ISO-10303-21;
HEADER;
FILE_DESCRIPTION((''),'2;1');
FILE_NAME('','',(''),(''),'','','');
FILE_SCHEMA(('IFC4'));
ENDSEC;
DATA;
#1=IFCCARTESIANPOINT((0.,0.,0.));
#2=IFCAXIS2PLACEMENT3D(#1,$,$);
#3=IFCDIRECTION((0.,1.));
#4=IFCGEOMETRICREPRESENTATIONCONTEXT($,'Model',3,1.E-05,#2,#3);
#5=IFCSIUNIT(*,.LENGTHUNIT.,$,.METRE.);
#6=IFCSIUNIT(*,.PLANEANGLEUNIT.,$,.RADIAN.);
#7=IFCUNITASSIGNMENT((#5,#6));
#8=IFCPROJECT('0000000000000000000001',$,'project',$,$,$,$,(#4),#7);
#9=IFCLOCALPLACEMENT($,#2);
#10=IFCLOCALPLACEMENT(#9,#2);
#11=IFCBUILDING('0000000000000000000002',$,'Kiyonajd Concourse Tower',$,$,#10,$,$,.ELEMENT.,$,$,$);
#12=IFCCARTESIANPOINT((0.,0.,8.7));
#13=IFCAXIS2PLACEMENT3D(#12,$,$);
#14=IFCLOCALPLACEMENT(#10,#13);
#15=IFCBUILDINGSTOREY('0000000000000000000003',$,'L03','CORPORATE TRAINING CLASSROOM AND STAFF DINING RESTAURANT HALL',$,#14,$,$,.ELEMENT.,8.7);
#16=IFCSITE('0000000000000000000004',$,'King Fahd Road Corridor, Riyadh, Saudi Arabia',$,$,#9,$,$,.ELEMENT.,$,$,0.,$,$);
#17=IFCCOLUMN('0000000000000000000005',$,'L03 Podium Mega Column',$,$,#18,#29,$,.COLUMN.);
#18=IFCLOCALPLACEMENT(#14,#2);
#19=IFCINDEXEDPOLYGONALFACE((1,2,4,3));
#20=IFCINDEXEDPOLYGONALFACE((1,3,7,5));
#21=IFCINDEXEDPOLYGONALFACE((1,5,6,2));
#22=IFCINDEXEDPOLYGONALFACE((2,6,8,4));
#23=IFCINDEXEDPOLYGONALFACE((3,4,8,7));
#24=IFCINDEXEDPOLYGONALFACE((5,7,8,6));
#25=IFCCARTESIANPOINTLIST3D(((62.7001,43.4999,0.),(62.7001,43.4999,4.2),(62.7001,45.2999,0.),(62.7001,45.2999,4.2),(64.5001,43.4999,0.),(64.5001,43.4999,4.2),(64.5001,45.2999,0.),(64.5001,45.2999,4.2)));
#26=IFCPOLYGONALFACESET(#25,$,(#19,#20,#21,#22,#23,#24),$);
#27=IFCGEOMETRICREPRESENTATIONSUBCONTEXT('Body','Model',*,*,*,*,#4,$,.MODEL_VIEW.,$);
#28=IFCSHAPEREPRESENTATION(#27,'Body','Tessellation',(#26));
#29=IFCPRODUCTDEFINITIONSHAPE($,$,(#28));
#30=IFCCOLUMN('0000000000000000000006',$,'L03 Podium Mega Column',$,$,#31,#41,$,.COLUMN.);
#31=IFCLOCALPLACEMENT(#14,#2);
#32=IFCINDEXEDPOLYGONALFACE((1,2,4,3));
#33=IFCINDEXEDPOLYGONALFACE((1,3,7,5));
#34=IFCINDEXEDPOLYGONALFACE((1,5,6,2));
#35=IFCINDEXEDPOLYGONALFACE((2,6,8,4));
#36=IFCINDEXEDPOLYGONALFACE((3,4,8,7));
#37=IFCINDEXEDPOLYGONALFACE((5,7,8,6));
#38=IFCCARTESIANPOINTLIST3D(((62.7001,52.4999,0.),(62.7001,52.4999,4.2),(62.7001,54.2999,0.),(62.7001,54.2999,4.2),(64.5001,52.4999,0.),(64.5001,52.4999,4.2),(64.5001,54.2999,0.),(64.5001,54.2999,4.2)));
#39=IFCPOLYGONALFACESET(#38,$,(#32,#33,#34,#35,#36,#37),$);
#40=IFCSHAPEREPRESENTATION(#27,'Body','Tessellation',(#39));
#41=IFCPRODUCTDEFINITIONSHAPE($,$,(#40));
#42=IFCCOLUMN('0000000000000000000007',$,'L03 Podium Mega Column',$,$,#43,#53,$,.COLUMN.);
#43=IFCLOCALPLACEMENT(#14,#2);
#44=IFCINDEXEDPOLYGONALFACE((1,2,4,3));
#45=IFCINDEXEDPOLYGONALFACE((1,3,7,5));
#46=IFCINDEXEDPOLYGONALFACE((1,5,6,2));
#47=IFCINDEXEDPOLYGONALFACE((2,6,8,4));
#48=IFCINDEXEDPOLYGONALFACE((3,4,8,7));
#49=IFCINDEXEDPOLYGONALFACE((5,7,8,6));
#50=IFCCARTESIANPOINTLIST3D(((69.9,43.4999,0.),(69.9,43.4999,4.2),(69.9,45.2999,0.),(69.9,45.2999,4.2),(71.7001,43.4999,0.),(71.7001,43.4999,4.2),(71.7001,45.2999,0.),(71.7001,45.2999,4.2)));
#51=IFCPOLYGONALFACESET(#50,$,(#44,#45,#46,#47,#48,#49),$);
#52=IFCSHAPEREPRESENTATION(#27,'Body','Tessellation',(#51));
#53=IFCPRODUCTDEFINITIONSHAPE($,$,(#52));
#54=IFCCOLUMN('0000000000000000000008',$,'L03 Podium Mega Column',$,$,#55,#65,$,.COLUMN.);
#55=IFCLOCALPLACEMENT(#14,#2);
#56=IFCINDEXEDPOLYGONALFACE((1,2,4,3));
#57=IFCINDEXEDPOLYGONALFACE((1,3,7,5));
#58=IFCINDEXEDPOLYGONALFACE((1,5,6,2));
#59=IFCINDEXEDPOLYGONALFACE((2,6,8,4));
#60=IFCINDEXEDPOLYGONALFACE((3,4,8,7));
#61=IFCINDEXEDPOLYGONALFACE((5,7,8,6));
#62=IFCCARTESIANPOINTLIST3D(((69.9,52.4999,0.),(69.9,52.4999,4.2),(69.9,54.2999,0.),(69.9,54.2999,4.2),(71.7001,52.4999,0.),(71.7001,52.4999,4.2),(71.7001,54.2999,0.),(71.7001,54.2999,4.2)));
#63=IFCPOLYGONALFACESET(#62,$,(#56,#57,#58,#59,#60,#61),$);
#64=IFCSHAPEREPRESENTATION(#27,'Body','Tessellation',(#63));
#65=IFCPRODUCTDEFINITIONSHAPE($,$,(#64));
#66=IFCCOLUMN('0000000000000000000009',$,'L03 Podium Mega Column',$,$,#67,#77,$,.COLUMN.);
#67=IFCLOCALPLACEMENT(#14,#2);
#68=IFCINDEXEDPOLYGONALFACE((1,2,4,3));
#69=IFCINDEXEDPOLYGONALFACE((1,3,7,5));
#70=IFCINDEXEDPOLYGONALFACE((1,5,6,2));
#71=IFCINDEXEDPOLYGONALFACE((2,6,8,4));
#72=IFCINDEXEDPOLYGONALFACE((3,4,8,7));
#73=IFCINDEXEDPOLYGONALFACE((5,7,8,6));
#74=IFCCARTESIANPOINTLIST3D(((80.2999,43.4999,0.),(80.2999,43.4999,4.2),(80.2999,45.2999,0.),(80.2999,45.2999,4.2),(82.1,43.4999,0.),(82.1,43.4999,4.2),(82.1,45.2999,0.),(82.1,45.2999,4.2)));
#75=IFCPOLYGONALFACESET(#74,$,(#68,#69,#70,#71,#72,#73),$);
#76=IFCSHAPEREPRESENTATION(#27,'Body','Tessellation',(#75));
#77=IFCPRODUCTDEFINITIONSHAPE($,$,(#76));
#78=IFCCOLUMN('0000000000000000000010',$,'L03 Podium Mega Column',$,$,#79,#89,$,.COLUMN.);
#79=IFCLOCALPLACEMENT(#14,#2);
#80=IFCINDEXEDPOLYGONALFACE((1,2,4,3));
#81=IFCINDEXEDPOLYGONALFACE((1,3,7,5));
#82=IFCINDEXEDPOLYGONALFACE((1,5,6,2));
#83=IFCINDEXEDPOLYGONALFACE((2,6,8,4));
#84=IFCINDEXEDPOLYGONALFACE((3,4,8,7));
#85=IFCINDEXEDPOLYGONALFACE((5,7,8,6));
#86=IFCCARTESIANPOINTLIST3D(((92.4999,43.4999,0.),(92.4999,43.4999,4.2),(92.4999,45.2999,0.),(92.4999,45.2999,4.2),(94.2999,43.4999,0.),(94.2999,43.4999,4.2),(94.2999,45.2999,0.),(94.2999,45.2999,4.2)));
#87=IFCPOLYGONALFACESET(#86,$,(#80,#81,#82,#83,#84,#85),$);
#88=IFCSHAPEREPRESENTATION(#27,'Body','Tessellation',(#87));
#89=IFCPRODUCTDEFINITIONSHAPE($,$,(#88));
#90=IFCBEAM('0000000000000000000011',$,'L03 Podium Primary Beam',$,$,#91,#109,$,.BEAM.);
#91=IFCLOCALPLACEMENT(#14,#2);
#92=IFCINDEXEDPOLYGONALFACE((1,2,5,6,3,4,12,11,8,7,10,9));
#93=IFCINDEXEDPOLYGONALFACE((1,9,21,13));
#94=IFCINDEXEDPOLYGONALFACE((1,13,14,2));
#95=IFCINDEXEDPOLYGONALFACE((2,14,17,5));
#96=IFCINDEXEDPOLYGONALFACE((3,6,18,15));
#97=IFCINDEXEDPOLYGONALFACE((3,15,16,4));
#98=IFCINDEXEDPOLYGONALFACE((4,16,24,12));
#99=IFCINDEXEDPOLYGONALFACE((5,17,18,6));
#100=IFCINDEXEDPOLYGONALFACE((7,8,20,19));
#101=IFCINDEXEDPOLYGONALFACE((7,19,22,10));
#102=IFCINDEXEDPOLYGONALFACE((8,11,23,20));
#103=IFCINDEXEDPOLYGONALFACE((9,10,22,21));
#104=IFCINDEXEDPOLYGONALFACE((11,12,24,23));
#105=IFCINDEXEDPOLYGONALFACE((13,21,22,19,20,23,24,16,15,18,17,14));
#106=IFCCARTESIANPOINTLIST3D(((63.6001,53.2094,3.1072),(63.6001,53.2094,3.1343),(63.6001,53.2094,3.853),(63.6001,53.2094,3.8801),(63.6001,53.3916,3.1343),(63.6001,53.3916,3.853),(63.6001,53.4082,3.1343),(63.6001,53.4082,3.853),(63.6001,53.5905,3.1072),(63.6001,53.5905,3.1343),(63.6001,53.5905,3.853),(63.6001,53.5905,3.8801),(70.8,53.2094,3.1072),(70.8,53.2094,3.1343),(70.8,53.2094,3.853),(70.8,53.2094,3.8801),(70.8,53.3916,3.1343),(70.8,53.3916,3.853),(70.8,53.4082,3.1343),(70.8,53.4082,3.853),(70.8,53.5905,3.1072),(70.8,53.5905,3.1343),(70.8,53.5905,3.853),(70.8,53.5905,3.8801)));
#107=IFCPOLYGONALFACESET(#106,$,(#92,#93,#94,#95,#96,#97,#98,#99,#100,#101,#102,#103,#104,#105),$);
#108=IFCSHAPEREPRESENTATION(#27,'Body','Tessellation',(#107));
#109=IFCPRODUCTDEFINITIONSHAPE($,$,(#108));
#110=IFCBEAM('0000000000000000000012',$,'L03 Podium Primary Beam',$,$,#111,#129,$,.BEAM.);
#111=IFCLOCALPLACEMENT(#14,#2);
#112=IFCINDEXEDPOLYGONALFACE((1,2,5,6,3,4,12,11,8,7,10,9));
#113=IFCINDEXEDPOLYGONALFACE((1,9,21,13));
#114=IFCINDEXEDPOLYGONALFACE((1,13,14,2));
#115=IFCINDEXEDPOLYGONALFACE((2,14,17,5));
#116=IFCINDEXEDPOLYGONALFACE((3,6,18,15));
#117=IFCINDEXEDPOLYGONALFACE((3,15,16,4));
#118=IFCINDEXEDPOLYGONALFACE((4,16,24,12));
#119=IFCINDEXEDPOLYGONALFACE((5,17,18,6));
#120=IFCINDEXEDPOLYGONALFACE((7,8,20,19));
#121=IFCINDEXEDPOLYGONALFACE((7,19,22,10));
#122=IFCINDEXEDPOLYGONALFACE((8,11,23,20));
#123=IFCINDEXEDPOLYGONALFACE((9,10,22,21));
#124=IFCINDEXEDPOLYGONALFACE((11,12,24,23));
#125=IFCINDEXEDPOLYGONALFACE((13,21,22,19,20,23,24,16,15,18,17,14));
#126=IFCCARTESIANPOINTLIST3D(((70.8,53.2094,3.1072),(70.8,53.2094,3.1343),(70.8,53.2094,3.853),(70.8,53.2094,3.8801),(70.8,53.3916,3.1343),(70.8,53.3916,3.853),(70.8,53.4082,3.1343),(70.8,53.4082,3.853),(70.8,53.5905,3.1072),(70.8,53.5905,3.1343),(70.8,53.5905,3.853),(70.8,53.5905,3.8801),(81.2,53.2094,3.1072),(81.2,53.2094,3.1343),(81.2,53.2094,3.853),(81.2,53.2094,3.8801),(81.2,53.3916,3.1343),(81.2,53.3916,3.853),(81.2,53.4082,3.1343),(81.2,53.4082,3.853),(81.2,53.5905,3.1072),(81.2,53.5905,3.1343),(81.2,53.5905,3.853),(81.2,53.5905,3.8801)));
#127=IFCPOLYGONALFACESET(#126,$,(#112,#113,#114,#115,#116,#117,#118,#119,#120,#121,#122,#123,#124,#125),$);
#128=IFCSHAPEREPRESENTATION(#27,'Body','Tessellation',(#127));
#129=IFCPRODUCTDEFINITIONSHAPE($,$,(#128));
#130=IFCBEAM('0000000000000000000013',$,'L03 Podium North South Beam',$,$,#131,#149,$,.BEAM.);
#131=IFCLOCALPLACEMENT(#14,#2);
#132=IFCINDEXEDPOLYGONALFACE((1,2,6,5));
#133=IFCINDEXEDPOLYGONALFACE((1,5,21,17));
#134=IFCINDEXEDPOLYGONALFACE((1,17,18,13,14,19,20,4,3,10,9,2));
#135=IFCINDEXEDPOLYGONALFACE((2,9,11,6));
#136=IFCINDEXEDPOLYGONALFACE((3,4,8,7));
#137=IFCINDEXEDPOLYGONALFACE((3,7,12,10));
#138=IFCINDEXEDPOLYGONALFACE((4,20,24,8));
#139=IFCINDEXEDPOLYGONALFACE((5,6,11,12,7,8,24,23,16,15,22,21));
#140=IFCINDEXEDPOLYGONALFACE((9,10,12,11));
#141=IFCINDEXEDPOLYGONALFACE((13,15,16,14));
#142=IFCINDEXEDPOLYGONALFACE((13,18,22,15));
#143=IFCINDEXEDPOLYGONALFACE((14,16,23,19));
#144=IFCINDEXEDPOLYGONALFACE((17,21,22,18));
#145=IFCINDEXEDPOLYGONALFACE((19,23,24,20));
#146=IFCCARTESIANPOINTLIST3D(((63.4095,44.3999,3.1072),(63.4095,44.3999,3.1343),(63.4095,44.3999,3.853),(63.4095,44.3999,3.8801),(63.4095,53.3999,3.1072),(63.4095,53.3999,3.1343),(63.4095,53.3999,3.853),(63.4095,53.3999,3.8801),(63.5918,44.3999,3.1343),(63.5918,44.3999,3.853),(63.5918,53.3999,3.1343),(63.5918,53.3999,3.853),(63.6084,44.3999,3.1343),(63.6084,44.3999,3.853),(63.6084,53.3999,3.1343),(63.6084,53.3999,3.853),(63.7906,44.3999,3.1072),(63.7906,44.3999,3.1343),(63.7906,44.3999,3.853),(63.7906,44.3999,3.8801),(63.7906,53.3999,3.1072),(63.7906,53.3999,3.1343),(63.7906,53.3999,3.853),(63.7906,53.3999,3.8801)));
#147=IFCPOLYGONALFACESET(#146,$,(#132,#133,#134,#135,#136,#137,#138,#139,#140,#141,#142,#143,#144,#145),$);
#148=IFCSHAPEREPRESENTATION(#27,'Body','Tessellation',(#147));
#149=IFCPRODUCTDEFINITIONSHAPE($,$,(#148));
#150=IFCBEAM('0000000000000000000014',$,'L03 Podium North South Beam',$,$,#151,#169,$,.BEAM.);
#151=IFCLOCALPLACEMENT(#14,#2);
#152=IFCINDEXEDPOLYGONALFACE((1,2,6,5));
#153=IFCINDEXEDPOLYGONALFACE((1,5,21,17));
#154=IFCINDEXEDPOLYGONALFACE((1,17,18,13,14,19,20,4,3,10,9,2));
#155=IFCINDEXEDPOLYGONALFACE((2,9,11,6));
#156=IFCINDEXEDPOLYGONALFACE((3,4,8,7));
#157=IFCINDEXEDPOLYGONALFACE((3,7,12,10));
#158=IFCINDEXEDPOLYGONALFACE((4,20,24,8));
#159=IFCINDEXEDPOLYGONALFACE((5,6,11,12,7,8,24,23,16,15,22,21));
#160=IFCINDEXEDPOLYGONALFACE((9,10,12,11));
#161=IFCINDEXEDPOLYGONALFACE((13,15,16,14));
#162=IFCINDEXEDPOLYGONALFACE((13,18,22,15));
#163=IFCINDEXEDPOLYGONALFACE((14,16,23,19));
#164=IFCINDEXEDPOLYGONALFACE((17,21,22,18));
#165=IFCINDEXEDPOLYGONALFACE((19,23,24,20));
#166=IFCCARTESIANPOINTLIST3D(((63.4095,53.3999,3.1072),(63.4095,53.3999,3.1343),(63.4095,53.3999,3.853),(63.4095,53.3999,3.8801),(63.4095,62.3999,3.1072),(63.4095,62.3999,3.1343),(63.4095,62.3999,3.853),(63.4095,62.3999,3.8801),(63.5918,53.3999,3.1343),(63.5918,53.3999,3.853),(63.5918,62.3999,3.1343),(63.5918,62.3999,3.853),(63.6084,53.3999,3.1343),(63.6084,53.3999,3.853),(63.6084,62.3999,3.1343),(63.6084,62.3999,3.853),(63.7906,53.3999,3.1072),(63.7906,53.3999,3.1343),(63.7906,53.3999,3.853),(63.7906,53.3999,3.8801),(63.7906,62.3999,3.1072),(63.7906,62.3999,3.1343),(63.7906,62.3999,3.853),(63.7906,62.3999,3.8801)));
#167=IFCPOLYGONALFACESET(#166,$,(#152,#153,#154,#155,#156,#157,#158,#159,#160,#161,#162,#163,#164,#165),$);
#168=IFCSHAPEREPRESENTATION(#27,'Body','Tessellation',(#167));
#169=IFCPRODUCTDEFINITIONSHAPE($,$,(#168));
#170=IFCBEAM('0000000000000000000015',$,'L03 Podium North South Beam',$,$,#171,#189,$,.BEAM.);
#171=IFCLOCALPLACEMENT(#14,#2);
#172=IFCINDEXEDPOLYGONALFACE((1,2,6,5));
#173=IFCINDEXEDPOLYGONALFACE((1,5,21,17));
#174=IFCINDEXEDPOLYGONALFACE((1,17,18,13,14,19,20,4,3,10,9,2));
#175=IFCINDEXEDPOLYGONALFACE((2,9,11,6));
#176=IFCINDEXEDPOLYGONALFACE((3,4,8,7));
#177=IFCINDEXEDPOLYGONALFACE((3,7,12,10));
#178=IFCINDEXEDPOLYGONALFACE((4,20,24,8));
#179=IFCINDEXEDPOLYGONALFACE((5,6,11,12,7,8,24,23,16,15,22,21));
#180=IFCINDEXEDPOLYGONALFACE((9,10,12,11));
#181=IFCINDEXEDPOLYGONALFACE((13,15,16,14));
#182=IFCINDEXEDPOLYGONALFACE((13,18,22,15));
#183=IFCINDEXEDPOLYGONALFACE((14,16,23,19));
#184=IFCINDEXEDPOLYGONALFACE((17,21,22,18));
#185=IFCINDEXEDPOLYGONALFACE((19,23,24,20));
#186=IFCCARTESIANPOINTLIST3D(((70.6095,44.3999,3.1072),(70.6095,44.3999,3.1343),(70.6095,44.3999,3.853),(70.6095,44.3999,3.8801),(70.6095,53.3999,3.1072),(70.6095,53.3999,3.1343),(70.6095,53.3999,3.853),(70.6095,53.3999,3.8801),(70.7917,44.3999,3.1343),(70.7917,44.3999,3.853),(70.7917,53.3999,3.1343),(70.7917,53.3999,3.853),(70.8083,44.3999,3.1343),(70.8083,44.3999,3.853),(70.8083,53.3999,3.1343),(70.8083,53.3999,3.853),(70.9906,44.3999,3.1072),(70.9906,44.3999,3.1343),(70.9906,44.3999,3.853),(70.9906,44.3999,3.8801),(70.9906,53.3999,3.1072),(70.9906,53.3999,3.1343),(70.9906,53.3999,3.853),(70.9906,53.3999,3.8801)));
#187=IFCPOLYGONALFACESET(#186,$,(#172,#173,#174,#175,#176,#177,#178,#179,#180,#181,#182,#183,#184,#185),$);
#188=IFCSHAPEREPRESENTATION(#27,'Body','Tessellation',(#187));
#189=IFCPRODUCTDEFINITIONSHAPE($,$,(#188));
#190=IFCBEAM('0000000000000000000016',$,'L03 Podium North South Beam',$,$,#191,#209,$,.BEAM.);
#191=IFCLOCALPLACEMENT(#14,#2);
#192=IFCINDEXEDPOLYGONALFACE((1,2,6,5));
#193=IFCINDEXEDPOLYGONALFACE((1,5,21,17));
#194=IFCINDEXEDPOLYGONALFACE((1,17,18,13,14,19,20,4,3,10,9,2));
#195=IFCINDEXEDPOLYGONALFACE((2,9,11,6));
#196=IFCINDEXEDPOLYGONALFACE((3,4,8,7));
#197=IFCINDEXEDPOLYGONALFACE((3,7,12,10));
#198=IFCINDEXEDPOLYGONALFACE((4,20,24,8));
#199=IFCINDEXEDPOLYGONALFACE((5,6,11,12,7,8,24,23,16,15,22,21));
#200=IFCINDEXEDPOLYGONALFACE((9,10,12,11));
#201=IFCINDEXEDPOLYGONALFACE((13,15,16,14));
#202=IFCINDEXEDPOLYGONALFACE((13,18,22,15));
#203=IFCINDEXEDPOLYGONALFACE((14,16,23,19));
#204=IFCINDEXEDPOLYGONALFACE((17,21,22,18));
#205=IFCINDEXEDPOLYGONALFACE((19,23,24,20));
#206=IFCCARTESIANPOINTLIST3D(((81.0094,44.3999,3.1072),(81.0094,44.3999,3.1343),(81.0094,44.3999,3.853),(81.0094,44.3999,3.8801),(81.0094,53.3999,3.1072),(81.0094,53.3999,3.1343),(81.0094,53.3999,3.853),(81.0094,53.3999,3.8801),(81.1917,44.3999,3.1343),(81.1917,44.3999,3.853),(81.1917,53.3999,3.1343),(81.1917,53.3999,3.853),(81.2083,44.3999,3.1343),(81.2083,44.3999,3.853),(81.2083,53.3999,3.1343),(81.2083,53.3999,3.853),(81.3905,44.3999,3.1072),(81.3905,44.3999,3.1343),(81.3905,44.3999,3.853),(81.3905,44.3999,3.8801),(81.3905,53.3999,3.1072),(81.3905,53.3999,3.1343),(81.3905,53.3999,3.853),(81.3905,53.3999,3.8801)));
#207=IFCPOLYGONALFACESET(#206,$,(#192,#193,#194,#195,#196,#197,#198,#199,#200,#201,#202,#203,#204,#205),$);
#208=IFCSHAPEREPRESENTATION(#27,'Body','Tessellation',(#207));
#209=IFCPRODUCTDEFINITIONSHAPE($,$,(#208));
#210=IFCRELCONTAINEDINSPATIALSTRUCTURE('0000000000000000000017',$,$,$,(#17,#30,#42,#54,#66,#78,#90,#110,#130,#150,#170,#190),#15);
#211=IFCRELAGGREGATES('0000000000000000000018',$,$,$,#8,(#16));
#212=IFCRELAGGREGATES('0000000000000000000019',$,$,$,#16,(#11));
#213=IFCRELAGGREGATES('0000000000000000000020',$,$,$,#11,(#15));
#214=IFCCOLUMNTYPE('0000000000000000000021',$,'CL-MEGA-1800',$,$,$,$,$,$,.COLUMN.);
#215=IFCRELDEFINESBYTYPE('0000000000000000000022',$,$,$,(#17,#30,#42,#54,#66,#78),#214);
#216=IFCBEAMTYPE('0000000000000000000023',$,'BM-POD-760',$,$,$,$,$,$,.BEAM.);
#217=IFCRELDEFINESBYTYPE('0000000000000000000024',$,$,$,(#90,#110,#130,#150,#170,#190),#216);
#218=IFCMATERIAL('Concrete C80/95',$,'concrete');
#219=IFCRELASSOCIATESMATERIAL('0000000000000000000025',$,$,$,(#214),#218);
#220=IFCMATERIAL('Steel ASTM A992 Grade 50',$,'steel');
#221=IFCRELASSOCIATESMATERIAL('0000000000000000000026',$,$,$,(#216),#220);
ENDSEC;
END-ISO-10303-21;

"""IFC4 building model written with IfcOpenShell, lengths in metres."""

from ifc_helpers import new_model, si_unit, direction, frame, origin, origin_2d, place, context, subcontext, project, spatial, rectangle, i_section, extrude, material, material_profile, profile_set, type_object, element, save


model = new_model("IFC4")

# Units and contexts
model_context = context("Model", 3, precision=1e-05, world=origin(), true_north=direction((0.0, 1.0)))
body_context = subcontext(model_context, "Body", "Model", "MODEL_VIEW")
ifc_project = project(units=[si_unit("LENGTHUNIT", "METRE"), si_unit("PLANEANGLEUNIT", "RADIAN")], contexts=[model_context])

# Site, building, storey
site_placement = place(None, origin())
site = spatial("IfcSite", under=ifc_project, at=site_placement, Name="King Fahd Road Corridor, Riyadh, Saudi Arabia", CompositionType="ELEMENT", RefElevation=0.0)
building_placement = place(site_placement, origin())
building = spatial("IfcBuilding", under=site, at=building_placement, Name="Kiyonajd Concourse Tower", CompositionType="ELEMENT")
storey_placement = place(building_placement, frame((0.0, 0.0, 8.7)))
storey = spatial("IfcBuildingStorey", under=building, at=storey_placement, Name="L03", Description="CORPORATE TRAINING CLASSROOM AND STAFF DINING RESTAURANT HALL", CompositionType="ELEMENT", Elevation=8.7)

# Columns
ifc_material_1 = material(Name="Concrete C80/95", Category="concrete")
ifc_material_profile_1 = material_profile(ifc_material_1, rectangle(XDim=1.8, YDim=1.8, at=origin_2d()), Name="RC-1800x1800")
ifc_profile_set_1 = profile_set([ifc_material_profile_1], Name="Concrete C80/95")
column_type = type_object("IfcColumnType", Name="CL-MEGA-1800", PredefinedType="COLUMN", material=ifc_profile_set_1)
for number, where, z_axis, x_axis, name in (
    (1, (63.6001, 44.3999, 0.0), (0.0, 0.0, 1.0), (1.0, 0.0, 0.0), "L03 Podium Mega Column"),
    (2, (63.6001, 53.3999, 0.0), (0.0, 0.0, 1.0), (1.0, 0.0, 0.0), "L03 Podium Mega Column"),
    (3, (70.8, 44.3999, 0.0), (0.0, 0.0, 1.0), (1.0, 0.0, 0.0), "L03 Podium Mega Column"),
    (4, (70.8, 53.3999, 0.0), (0.0, 0.0, 1.0), (1.0, 0.0, 0.0), "L03 Podium Mega Column"),
    (5, (81.2, 44.3999, 0.0), (0.0, 0.0, 1.0), (1.0, 0.0, 0.0), "L03 Podium Mega Column"),
    (6, (93.3999, 44.3999, 0.0), (0.0, 0.0, 1.0), (1.0, 0.0, 0.0), "L03 Podium Mega Column"),
):
    element("IfcColumn", number, at=place(storey_placement, frame(where, z_axis=z_axis, x_axis=x_axis)), inside=storey, type_object=column_type, Name=name, PredefinedType="COLUMN", context=body_context, shape_type="SweptSolid", body=[
        extrude(rectangle(XDim=1.8, YDim=1.8, at=origin_2d()), origin(), (0.0, 0.0, 1.0), 4.2),
    ])

# Beams
ifc_material_2 = material(Name="Steel ASTM A992 Grade 50", Category="steel")
ifc_material_profile_2 = material_profile(ifc_material_2, i_section(OverallWidth=0.3811, OverallDepth=0.7729, WebThickness=0.0166, FlangeThickness=0.0271, at=origin_2d()), Name="W760X257")
ifc_profile_set_2 = profile_set([ifc_material_profile_2], Name="Steel ASTM A992 Grade 50")
beam_type_1 = type_object("IfcBeamType", Name="BM-POD-760", PredefinedType="BEAM", material=ifc_profile_set_2)
beam_1_placement = place(storey_placement, frame((63.6001, 53.3999, 3.4937), z_axis=(1.0, 0.0, 0.0), x_axis=(0.0, 1.0, 0.0)))
element("IfcBeam", 7, at=beam_1_placement, inside=storey, type_object=beam_type_1, Name="L03 Podium Primary Beam", PredefinedType="BEAM", context=body_context, shape_type="SweptSolid", body=[
    extrude(i_section(OverallWidth=0.3811, OverallDepth=0.7729, WebThickness=0.0166, FlangeThickness=0.0271, at=origin_2d()), origin(), (0.0, 0.0, 1.0), 7.2),
])
beam_2_placement = place(storey_placement, frame((70.8, 53.3999, 3.4937), z_axis=(1.0, 0.0, 0.0), x_axis=(0.0, 1.0, 0.0)))
element("IfcBeam", 8, at=beam_2_placement, inside=storey, type_object=beam_type_1, Name="L03 Podium Primary Beam", PredefinedType="BEAM", context=body_context, shape_type="SweptSolid", body=[
    extrude(i_section(OverallWidth=0.3811, OverallDepth=0.7729, WebThickness=0.0166, FlangeThickness=0.0271, at=origin_2d()), origin(), (0.0, 0.0, 1.0), 10.3999),
])
for number, where, z_axis, x_axis, name in (
    (9, (63.6001, 44.3999, 3.4937), (0.0, 1.0, 0.0), (-1.0, 0.0, 0.0), "L03 Podium North South Beam"),
    (10, (63.6001, 53.3999, 3.4937), (0.0, 1.0, 0.0), (-1.0, 0.0, 0.0), "L03 Podium North South Beam"),
    (11, (70.8, 44.3999, 3.4937), (0.0, 1.0, 0.0), (-1.0, 0.0, 0.0), "L03 Podium North South Beam"),
    (12, (81.2, 44.3999, 3.4937), (0.0, 1.0, 0.0), (-1.0, 0.0, 0.0), "L03 Podium North South Beam"),
):
    element("IfcBeam", number, at=place(storey_placement, frame(where, z_axis=z_axis, x_axis=x_axis)), inside=storey, type_object=beam_type_1, Name=name, PredefinedType="BEAM", context=body_context, shape_type="SweptSolid", body=[
        extrude(i_section(OverallWidth=0.3811, OverallDepth=0.7729, WebThickness=0.0166, FlangeThickness=0.0271, at=origin_2d()), origin(), (0.0, 0.0, 1.0), 9.0),
    ])

save(model, "model.ifc")
